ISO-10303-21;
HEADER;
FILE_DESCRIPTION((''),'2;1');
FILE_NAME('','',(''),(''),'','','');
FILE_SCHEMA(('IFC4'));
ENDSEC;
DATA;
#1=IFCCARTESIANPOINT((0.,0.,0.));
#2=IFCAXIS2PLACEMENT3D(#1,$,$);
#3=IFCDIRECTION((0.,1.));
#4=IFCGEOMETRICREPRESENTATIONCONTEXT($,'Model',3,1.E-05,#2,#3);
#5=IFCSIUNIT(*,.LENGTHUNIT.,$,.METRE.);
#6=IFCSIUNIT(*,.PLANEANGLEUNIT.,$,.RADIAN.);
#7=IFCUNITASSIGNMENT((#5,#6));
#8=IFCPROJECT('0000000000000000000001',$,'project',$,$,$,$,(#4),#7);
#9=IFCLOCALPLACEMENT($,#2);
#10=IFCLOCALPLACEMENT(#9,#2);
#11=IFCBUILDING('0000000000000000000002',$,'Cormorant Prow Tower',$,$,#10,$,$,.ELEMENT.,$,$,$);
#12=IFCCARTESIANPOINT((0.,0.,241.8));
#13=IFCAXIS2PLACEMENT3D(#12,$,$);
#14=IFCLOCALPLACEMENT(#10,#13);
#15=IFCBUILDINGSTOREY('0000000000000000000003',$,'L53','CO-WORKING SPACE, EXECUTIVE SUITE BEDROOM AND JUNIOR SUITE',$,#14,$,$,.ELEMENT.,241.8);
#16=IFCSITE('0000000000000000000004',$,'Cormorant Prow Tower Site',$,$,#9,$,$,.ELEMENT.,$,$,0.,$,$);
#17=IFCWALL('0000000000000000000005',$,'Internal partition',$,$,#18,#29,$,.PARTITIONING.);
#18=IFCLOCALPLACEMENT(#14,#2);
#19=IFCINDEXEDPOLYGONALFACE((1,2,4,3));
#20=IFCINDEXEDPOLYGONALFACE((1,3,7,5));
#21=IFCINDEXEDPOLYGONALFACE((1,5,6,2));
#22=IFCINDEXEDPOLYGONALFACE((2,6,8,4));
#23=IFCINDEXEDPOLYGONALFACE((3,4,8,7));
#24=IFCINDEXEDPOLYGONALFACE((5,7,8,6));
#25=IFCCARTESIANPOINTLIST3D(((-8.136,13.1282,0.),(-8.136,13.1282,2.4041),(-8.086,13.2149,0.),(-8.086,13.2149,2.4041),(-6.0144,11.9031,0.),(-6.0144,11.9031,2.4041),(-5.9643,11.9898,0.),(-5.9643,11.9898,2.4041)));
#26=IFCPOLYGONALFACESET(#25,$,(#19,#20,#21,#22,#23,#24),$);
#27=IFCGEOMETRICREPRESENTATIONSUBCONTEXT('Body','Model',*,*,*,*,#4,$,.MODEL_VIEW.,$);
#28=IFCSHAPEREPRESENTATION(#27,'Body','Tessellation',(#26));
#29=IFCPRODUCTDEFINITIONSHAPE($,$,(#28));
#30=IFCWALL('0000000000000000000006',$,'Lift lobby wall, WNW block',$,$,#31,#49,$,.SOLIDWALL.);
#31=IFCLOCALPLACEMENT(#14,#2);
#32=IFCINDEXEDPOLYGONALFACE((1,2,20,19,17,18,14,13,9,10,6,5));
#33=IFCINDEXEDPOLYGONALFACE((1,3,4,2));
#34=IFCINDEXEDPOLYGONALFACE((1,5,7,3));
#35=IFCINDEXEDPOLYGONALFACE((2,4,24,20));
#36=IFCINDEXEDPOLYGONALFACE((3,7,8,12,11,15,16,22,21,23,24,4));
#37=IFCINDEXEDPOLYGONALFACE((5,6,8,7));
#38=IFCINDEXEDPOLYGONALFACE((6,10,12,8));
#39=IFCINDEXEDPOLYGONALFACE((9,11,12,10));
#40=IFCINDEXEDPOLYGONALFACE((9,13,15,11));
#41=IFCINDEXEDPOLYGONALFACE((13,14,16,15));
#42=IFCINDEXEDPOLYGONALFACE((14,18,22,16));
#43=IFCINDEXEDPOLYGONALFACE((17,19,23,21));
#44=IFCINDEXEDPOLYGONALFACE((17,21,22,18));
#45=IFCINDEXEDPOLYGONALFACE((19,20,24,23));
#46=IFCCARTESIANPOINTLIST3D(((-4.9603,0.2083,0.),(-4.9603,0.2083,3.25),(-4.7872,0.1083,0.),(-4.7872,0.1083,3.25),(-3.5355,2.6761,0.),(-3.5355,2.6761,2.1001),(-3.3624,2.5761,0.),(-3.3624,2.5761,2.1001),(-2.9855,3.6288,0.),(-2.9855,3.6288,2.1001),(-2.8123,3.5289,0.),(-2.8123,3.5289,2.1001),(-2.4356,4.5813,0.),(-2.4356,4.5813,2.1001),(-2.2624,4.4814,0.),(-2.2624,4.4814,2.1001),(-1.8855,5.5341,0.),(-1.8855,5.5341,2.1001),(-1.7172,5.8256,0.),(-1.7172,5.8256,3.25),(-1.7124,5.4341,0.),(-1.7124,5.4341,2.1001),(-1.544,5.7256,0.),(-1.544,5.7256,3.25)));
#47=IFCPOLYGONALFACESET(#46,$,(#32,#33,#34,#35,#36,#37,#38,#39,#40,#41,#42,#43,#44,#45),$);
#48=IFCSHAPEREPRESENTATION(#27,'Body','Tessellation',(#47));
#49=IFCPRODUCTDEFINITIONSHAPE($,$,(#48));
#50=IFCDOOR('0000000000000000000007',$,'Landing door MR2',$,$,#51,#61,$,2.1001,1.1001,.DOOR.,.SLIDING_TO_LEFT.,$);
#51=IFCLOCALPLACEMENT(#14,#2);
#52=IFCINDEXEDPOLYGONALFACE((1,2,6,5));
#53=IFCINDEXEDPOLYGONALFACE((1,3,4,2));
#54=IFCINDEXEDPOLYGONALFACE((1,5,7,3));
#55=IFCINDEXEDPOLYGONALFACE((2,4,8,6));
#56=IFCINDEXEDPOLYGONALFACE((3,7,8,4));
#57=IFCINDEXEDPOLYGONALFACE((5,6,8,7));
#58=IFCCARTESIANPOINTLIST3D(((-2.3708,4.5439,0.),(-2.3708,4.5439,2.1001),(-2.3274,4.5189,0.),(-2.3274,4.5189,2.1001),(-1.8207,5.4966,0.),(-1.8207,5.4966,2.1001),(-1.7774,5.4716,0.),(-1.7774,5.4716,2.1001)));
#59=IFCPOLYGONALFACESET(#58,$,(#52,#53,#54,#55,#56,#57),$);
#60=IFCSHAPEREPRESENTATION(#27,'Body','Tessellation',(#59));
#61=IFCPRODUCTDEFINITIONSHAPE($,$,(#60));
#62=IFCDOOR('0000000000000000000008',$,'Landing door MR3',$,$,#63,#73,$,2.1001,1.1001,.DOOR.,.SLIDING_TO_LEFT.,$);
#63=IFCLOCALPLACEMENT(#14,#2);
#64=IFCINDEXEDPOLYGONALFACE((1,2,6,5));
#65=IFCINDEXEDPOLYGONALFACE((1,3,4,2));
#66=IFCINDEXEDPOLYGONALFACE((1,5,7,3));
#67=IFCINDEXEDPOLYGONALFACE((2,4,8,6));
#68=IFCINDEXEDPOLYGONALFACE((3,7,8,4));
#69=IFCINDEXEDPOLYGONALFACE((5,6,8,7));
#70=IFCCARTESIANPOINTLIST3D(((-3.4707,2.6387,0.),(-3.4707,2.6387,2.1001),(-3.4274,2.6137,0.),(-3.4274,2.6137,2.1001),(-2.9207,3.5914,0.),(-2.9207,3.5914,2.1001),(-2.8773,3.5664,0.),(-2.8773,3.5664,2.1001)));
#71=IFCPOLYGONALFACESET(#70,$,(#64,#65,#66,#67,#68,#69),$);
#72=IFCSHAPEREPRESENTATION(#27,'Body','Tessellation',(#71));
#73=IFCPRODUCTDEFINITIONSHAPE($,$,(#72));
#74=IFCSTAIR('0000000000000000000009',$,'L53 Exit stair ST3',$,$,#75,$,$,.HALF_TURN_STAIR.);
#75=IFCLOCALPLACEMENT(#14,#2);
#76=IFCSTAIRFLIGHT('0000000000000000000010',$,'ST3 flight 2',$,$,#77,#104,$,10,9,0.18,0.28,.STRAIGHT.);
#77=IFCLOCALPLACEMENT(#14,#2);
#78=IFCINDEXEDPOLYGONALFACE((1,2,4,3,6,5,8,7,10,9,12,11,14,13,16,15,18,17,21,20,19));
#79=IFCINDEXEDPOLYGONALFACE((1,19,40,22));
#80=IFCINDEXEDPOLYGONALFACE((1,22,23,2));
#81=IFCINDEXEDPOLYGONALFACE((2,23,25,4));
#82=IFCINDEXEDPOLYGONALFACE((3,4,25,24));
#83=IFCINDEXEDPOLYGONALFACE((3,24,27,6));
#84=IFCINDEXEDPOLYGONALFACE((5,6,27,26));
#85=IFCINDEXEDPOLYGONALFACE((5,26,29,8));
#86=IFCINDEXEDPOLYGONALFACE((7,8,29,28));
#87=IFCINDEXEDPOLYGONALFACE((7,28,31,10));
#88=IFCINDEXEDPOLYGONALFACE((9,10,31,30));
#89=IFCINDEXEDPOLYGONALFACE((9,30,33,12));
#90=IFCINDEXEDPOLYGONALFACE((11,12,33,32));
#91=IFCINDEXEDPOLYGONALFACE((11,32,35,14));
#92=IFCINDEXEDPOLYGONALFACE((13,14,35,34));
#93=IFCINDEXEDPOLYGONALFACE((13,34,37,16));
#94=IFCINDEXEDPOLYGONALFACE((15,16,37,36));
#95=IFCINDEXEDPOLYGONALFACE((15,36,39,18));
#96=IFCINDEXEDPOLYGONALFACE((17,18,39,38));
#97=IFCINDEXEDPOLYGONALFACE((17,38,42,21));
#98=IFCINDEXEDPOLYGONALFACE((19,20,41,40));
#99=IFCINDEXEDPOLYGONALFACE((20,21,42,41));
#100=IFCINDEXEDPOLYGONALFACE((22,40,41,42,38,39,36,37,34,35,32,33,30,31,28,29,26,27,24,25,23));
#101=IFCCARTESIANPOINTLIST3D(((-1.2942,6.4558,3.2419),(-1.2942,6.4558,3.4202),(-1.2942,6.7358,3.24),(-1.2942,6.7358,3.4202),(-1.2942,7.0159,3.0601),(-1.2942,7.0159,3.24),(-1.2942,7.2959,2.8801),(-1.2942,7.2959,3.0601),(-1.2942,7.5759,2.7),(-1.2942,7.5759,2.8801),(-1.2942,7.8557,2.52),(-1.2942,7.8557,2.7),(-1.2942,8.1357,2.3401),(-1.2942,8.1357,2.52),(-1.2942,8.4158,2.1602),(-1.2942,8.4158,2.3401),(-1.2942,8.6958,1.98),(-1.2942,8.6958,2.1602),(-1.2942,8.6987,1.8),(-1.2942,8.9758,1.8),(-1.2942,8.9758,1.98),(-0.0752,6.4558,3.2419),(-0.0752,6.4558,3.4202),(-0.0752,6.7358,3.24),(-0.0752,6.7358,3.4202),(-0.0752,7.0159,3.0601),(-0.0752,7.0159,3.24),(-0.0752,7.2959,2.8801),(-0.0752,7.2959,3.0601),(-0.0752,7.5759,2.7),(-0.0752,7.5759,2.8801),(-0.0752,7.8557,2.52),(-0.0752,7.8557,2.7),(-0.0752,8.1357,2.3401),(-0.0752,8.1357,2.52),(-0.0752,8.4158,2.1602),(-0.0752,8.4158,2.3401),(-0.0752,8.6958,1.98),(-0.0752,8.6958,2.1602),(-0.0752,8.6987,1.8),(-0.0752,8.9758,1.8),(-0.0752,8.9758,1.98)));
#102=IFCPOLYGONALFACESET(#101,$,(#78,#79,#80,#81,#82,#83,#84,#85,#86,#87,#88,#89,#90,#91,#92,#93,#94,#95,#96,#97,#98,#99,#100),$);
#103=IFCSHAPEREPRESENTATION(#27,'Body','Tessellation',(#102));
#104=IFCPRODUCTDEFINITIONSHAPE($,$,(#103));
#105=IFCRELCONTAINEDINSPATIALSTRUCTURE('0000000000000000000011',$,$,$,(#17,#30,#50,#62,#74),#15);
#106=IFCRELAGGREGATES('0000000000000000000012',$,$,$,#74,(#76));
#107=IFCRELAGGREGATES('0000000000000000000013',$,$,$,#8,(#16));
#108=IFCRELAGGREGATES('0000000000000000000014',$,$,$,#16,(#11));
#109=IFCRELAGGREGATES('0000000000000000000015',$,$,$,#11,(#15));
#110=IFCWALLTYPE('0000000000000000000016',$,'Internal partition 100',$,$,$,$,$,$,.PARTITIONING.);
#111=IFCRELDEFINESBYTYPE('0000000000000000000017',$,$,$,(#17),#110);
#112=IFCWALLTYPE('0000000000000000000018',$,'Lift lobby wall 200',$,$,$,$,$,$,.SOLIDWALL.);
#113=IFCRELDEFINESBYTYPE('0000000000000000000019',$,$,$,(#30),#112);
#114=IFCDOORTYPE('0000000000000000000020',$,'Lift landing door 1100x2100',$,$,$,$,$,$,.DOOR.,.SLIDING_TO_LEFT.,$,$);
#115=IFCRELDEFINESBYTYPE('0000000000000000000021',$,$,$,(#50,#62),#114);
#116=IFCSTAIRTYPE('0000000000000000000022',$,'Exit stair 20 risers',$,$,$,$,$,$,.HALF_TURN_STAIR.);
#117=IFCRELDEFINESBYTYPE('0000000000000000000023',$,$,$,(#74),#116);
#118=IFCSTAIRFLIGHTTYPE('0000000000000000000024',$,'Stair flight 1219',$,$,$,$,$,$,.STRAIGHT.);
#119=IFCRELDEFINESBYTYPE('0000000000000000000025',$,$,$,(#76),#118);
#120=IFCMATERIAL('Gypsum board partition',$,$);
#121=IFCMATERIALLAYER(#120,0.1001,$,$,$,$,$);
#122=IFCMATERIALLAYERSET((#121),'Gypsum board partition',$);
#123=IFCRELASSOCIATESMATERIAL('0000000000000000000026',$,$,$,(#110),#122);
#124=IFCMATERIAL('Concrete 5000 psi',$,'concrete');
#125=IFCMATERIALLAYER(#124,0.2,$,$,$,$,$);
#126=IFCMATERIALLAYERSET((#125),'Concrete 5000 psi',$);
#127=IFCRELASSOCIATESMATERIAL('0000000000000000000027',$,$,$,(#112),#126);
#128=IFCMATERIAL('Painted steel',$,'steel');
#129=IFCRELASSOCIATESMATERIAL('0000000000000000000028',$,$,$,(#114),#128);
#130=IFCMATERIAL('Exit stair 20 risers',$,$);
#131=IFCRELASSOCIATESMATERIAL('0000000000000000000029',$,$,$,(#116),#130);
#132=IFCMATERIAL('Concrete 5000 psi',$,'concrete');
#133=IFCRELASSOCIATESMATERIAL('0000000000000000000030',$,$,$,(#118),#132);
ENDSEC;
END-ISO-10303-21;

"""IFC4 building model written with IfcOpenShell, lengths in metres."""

from ifc_helpers import new_model, si_unit, direction, frame, frame_2d, origin, place, context, subcontext, project, spatial, polyline, rectangle, outline, extrude, material, layer, layer_set, type_object, element, fill, aggregate, save


model = new_model("IFC4")

# Units and contexts
model_context = context("Model", 3, precision=1e-05, world=origin(), true_north=direction((0.0, 1.0)))
body_context = subcontext(model_context, "Body", "Model", "MODEL_VIEW")
ifc_project = project(units=[si_unit("LENGTHUNIT", "METRE"), si_unit("PLANEANGLEUNIT", "RADIAN")], contexts=[model_context])

# Site, building, storey
site_placement = place(None, origin())
site = spatial("IfcSite", under=ifc_project, at=site_placement, Name="Cormorant Prow Tower Site", CompositionType="ELEMENT", RefElevation=0.0)
building_placement = place(site_placement, origin())
building = spatial("IfcBuilding", under=site, at=building_placement, Name="Cormorant Prow Tower", CompositionType="ELEMENT")
storey_placement = place(building_placement, frame((0.0, 0.0, 241.8)))
storey = spatial("IfcBuildingStorey", under=building, at=storey_placement, Name="L53", Description="CO-WORKING SPACE, EXECUTIVE SUITE BEDROOM AND JUNIOR SUITE", CompositionType="ELEMENT", Elevation=241.8)

# Shared definitions
ifc_material_1 = material(Name="Gypsum board partition")
ifc_layer_1 = layer(ifc_material_1, 0.1001)
ifc_layer_set_1 = layer_set([ifc_layer_1], Name="Gypsum board partition")
wall_type_1 = type_object("IfcWallType", Name="Internal partition 100", PredefinedType="PARTITIONING", material=ifc_layer_set_1)

# Wall
wall_1_placement = place(storey_placement, frame((-8.1111, 13.1716, 0.0), z_axis=(0.0, 0.0, 1.0), x_axis=(0.86599, -0.500062, 0.0)))
element("IfcWall", 1, at=wall_1_placement, inside=storey, type_object=wall_type_1, Name="Internal partition", PredefinedType="PARTITIONING", context=body_context, shape_type="SweptSolid", body=[
    extrude(rectangle(XDim=2.45, YDim=0.1001, at=frame_2d((1.2251, 0.0))), origin(), (0.0, 0.0, 1.0), 2.4041),
])

# Wall, openings, doors
ifc_material_2 = material(Name="Concrete 5000 psi", Category="concrete")
ifc_layer_2 = layer(ifc_material_2, 0.2)
ifc_layer_set_2 = layer_set([ifc_layer_2], Name="Concrete 5000 psi")
wall_type_2 = type_object("IfcWallType", Name="Lift lobby wall 200", PredefinedType="SOLIDWALL", material=ifc_layer_set_2)
wall_2_placement = place(storey_placement, frame((-1.6306, 5.7756, 0.0), z_axis=(0.0, 0.0, 1.0), x_axis=(-0.499993, -0.86603, 0.0)))
wall_2 = element("IfcWall", 2, at=wall_2_placement, inside=storey, type_object=wall_type_2, Name="Lift lobby wall, WNW block", PredefinedType="SOLIDWALL", context=body_context, shape_type="SweptSolid", body=[
    extrude(rectangle(XDim=6.4863, YDim=0.2, at=frame_2d((3.2432, 0.0))), origin(), (0.0, 0.0, 1.0), 3.25),
])
opening_1_placement = place(wall_2_placement, frame((0.3367, 0.0, 0.0)))
opening_1 = element("IfcOpeningElement", 3, at=opening_1_placement, cuts=wall_2, PredefinedType="OPENING", context=body_context, shape_type="SweptSolid", body=[
    extrude(rectangle(XDim=1.1001, YDim=2.1001, at=frame_2d((0.55, 1.05))), frame((0.0, 0.1099, 0.0), z_axis=(0.0, -1.0, 0.0), x_axis=(1.0, 0.0, 0.0)), (0.0, 0.0, 1.0), 0.22),
])
opening_2_placement = place(wall_2_placement, frame((2.5366, 0.0, 0.0)))
opening_2 = element("IfcOpeningElement", 4, at=opening_2_placement, cuts=wall_2, PredefinedType="OPENING", context=body_context, shape_type="SweptSolid", body=[
    extrude(rectangle(XDim=1.1001, YDim=2.1001, at=frame_2d((0.55, 1.05))), frame((0.0, 0.1099, 0.0), z_axis=(0.0, -1.0, 0.0), x_axis=(1.0, 0.0, 0.0)), (0.0, 0.0, 1.0), 0.22),
])
ifc_material_3 = material(Name="Painted steel", Category="steel")
door_type_1 = type_object("IfcDoorType", Name="Lift landing door 1100x2100", OperationType="SLIDING_TO_LEFT", PredefinedType="DOOR", material=ifc_material_3)
door_1_placement = place(opening_1_placement, origin())
door_1 = element("IfcDoor", 5, at=door_1_placement, inside=storey, type_object=door_type_1, Name="Landing door MR2", OperationType="SLIDING_TO_LEFT", OverallHeight=2.1001, OverallWidth=1.1001, PredefinedType="DOOR", context=body_context, shape_type="SweptSolid", body=[
    extrude(rectangle(XDim=1.1001, YDim=2.1001, at=frame_2d((0.55, 1.05))), frame((0.0, 0.0249, 0.0), z_axis=(0.0, -1.0, 0.0), x_axis=(1.0, 0.0, 0.0)), (0.0, 0.0, 1.0), 0.05),
])
fill(opening_1, door_1)
door_2_placement = place(opening_2_placement, origin())
door_2 = element("IfcDoor", 6, at=door_2_placement, inside=storey, type_object=door_type_1, Name="Landing door MR3", OperationType="SLIDING_TO_LEFT", OverallHeight=2.1001, OverallWidth=1.1001, PredefinedType="DOOR", context=body_context, shape_type="SweptSolid", body=[
    extrude(rectangle(XDim=1.1001, YDim=2.1001, at=frame_2d((0.55, 1.05))), frame((0.0, 0.0249, 0.0), z_axis=(0.0, -1.0, 0.0), x_axis=(1.0, 0.0, 0.0)), (0.0, 0.0, 1.0), 0.05),
])
fill(opening_2, door_2)

# Stair, stair flight
ifc_material_4 = material(Name="Exit stair 20 risers")
stair_type = type_object("IfcStairType", Name="Exit stair 20 risers", PredefinedType="HALF_TURN_STAIR", material=ifc_material_4)
stair_placement = place(storey_placement, origin())
stair = element("IfcStair", 7, at=stair_placement, inside=storey, type_object=stair_type, Name="L53 Exit stair ST3", PredefinedType="HALF_TURN_STAIR")
ifc_material_5 = material(Name="Concrete 5000 psi", Category="concrete")
stair_flight_type = type_object("IfcStairFlightType", Name="Stair flight 1219", PredefinedType="STRAIGHT", material=ifc_material_5)
stair_flight_placement = place(storey_placement, frame((-0.6846, 8.9758, 1.8), z_axis=(0.0, 0.0, 1.0), x_axis=(0.0, -1.0, 0.0)))
stair_flight = element("IfcStairFlight", 8, at=stair_flight_placement, type_object=stair_flight_type, Name="ST3 flight 2", NumberOfRisers=10, NumberOfTreads=9, PredefinedType="STRAIGHT", RiserHeight=0.18, TreadLength=0.28, context=body_context, shape_type="SweptSolid", body=[
    extrude(outline(polyline([(0.0, 0.0), (0.0, 0.1799), (0.28, 0.1799), (0.28, 0.3601), (0.5601, 0.3601), (0.5601, 0.54), (0.8401, 0.54), (0.8401, 0.72), (1.1201, 0.72), (1.1201, 0.8999), (1.3999, 0.8999), (1.3999, 1.0801), (1.6799, 1.0801), (1.6799, 1.26), (1.96, 1.26), (1.96, 1.4399), (2.24, 1.4399), (2.24, 1.6201), (2.52, 1.6201), (2.52, 1.8), (2.52, 1.4419), (0.2771, 0.0), (0.0, 0.0)])), frame((0.0, 0.6094, 0.0), z_axis=(0.0, -1.0, 0.0), x_axis=(1.0, 0.0, 0.0)), (0.0, 0.0, 1.0), 1.219),
])
aggregate(stair, [stair_flight])

save(model, "model.ifc")
